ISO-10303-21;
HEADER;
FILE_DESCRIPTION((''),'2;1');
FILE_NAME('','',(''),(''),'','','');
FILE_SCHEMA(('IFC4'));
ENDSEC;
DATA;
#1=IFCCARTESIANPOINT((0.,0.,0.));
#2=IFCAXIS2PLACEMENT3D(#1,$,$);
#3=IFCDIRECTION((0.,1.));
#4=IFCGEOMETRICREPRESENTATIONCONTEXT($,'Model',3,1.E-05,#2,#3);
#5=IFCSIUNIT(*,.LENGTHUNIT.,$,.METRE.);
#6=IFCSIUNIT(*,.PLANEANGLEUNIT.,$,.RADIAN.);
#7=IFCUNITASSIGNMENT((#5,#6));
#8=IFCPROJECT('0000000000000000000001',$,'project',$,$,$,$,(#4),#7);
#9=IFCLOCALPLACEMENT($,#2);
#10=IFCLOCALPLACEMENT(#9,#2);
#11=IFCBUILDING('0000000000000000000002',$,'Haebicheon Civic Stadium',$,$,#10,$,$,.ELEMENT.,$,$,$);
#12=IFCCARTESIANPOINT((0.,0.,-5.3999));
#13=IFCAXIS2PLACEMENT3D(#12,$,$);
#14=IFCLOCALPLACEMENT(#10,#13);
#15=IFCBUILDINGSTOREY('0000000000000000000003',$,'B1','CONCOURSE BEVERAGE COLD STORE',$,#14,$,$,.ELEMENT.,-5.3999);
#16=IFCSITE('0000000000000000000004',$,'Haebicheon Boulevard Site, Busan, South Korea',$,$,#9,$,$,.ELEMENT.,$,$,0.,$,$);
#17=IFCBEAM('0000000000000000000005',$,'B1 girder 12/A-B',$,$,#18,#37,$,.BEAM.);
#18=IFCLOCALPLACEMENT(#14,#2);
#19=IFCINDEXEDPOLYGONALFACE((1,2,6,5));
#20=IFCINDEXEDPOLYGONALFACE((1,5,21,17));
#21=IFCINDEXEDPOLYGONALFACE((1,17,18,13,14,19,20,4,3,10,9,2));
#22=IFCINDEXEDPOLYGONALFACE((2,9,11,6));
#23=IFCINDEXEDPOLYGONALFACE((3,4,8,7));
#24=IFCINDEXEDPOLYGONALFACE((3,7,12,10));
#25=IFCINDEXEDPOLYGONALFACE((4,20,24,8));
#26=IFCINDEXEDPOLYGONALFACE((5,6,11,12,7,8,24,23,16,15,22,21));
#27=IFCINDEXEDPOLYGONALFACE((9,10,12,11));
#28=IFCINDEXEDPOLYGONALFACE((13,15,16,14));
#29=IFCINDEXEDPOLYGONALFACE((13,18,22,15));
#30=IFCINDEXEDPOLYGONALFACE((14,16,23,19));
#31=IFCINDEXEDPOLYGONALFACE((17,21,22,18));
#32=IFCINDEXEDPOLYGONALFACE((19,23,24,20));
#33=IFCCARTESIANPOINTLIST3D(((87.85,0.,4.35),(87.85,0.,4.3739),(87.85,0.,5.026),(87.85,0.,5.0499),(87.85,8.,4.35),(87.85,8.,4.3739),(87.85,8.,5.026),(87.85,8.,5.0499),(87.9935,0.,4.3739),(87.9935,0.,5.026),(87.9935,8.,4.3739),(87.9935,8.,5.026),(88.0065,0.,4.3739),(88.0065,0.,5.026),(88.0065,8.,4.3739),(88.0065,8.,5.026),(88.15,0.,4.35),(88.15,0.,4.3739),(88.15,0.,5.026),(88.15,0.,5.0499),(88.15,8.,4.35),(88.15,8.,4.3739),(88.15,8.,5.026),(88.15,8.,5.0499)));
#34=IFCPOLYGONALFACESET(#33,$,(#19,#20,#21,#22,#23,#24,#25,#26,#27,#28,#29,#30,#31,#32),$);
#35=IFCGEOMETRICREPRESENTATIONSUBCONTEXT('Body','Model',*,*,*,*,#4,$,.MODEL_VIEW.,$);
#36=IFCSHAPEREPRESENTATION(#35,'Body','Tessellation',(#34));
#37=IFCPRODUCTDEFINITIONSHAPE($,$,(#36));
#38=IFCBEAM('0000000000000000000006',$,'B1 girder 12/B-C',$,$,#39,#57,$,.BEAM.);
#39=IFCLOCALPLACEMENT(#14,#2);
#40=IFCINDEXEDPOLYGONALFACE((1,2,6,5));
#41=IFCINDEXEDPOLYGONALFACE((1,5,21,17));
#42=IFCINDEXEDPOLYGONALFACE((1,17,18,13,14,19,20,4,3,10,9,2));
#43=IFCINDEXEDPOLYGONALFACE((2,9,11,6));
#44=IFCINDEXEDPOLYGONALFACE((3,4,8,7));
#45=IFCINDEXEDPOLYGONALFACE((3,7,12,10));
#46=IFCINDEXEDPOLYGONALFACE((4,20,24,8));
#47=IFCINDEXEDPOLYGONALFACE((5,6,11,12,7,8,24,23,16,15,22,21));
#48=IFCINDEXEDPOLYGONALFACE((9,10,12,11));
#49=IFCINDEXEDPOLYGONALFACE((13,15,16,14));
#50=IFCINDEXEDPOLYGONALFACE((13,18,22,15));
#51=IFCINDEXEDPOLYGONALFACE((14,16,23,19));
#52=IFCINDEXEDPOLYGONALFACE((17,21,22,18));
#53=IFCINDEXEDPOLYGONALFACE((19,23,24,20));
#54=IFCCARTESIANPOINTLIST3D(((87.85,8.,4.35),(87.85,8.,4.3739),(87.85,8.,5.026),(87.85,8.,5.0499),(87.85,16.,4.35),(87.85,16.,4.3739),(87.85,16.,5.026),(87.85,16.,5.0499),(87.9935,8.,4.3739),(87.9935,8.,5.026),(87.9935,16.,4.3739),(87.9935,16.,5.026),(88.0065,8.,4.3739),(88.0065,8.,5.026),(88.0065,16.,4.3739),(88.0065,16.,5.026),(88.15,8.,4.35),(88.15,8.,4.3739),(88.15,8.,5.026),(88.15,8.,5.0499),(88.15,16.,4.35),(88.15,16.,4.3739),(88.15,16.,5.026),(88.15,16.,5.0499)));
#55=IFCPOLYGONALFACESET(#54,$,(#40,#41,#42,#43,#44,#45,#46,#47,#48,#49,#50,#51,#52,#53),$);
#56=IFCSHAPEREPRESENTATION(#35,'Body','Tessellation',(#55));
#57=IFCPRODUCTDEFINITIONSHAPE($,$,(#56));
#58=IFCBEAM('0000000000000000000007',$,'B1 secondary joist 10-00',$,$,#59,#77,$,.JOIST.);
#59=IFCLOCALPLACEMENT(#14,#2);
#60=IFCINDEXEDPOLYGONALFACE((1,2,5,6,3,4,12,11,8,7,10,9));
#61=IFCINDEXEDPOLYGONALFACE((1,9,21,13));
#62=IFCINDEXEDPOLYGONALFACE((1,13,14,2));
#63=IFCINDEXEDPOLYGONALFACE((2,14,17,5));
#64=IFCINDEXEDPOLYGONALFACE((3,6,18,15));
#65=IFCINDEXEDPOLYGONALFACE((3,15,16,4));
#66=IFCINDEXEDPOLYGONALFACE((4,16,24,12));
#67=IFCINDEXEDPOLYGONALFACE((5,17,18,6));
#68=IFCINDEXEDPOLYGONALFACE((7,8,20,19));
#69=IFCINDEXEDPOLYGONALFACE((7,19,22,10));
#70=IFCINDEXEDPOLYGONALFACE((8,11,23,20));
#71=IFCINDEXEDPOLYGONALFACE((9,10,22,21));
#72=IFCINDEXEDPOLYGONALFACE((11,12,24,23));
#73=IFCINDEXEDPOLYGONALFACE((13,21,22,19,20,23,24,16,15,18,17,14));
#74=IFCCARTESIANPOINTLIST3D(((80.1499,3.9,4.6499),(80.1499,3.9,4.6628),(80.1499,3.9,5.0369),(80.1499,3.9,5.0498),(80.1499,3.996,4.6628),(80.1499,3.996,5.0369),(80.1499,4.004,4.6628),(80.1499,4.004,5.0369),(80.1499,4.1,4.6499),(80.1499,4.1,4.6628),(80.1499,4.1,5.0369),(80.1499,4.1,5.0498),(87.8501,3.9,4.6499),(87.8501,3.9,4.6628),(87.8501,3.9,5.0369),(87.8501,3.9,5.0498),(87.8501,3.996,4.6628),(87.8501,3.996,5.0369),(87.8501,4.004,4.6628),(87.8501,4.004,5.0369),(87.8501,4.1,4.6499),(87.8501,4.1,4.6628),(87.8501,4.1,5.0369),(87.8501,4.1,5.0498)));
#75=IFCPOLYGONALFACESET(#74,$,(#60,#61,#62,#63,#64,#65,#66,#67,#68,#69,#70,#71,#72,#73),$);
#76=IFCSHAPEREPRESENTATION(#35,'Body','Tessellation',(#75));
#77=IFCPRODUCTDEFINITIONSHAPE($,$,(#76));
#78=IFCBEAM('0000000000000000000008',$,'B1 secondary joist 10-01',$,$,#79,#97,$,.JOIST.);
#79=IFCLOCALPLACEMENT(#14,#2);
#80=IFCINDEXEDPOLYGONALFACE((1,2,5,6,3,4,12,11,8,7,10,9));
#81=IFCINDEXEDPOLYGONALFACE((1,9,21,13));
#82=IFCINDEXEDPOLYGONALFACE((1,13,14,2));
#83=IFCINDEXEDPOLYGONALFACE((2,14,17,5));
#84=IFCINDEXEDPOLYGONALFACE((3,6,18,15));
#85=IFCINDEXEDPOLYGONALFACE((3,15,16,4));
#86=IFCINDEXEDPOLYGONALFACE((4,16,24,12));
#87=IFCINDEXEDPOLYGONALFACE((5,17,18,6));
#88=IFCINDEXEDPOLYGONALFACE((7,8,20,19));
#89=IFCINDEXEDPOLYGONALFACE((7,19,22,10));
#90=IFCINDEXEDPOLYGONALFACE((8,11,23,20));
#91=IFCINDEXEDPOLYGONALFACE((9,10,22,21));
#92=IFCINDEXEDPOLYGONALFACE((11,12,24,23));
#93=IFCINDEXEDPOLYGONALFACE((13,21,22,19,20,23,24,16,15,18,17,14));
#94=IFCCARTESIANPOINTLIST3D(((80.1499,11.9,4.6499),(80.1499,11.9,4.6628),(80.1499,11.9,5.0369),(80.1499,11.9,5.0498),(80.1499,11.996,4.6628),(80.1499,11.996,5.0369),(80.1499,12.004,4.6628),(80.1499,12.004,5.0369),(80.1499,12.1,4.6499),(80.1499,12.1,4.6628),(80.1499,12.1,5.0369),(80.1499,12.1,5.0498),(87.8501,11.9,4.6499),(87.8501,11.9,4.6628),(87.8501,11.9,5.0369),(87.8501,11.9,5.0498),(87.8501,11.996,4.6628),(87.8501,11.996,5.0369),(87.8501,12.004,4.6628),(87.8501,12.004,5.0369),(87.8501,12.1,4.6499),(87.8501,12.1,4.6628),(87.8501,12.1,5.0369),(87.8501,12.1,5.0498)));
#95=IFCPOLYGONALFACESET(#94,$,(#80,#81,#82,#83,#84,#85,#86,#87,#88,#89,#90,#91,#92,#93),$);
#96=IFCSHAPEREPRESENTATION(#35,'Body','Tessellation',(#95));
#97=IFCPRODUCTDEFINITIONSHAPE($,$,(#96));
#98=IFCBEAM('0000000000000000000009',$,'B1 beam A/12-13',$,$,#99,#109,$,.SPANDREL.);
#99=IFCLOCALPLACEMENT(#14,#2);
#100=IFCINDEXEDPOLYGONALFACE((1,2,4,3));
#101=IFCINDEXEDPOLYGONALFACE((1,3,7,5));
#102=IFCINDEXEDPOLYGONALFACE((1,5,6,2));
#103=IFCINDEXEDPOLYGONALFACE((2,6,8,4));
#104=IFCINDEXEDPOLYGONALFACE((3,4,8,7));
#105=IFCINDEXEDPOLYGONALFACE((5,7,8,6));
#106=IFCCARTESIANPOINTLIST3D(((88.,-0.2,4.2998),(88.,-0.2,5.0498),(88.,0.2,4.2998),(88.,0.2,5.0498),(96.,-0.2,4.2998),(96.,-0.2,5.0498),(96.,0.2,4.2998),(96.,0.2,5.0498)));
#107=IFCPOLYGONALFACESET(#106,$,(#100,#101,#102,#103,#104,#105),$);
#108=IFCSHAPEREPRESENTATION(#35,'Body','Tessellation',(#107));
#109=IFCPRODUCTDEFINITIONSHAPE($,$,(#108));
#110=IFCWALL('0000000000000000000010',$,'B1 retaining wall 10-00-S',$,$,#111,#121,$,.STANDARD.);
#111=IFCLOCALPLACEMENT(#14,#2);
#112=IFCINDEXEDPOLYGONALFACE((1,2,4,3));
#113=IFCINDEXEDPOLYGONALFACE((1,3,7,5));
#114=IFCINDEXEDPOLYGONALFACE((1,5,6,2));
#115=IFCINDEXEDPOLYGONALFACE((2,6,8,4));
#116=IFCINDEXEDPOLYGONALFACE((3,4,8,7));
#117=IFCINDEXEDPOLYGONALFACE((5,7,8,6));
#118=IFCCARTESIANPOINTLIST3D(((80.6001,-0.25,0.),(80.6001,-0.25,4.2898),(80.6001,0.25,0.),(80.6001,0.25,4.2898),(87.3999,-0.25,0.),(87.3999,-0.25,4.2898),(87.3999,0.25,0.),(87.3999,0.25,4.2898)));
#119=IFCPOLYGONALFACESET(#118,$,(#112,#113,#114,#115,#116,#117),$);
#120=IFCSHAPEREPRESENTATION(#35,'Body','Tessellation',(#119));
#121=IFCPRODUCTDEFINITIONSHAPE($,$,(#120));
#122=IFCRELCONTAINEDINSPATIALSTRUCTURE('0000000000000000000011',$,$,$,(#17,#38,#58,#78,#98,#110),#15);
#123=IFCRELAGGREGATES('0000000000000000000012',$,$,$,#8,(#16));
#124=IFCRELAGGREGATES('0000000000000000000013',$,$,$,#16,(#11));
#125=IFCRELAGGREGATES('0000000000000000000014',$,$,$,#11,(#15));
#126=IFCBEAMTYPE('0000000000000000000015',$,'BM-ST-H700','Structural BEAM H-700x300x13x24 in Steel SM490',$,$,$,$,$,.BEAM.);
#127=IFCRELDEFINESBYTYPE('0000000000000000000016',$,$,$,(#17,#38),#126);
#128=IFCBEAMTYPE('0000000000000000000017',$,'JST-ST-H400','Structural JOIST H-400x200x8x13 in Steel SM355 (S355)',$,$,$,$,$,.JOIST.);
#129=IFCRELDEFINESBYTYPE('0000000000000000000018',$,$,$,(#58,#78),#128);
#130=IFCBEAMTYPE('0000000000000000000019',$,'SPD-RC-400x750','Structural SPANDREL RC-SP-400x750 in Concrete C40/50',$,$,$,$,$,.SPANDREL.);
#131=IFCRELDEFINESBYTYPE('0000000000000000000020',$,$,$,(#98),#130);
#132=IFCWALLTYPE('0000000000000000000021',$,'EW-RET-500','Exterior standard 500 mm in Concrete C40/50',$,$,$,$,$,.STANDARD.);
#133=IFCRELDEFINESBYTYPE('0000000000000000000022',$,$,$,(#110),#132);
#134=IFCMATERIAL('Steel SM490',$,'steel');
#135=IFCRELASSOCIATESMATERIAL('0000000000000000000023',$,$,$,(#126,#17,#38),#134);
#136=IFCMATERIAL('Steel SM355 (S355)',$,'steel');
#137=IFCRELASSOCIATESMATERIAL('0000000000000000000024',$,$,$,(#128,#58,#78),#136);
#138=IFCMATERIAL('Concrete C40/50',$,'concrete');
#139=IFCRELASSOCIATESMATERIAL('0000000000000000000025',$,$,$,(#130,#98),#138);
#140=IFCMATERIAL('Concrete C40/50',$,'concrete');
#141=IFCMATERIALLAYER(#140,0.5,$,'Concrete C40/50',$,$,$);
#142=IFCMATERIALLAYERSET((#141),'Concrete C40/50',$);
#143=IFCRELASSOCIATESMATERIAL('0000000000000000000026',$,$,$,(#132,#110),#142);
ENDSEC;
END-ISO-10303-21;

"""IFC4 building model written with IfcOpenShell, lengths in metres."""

from ifc_helpers import new_model, si_unit, direction, frame, frame_2d, origin, origin_2d, place, context, subcontext, project, spatial, rectangle, i_section, extrude, material, layer, layer_set, material_profile, profile_set, type_object, element, save


model = new_model("IFC4")

# Units and contexts
model_context = context("Model", 3, precision=1e-05, world=origin(), true_north=direction((0.0, 1.0)))
body_context = subcontext(model_context, "Body", "Model", "MODEL_VIEW")
ifc_project = project(units=[si_unit("LENGTHUNIT", "METRE"), si_unit("PLANEANGLEUNIT", "RADIAN")], contexts=[model_context])

# Site, building, storey
site_placement = place(None, origin())
site = spatial("IfcSite", under=ifc_project, at=site_placement, Name="Haebicheon Boulevard Site, Busan, South Korea", CompositionType="ELEMENT", RefElevation=0.0)
building_placement = place(site_placement, origin())
building = spatial("IfcBuilding", under=site, at=building_placement, Name="Haebicheon Civic Stadium", CompositionType="ELEMENT")
storey_placement = place(building_placement, frame((0.0, 0.0, -5.3999)))
storey = spatial("IfcBuildingStorey", under=building, at=storey_placement, Name="B1", Description="CONCOURSE BEVERAGE COLD STORE", CompositionType="ELEMENT", Elevation=-5.3999)

# Beams
ifc_material_1 = material(Name="Steel SM490", Category="steel")
ifc_material_profile_1 = material_profile(ifc_material_1, i_section(OverallWidth=0.3, OverallDepth=0.7, WebThickness=0.0129, FlangeThickness=0.0239, at=origin_2d()), Name="H-700x300x13x24")
ifc_profile_set_1 = profile_set([ifc_material_profile_1], Name="Steel SM490")
beam_type_1 = type_object("IfcBeamType", Name="BM-ST-H700", Description="Structural BEAM H-700x300x13x24 in Steel SM490", PredefinedType="BEAM", material=ifc_profile_set_1)
for number, where, z_axis, x_axis, name in (
    (1, (88.0, 0.0, 4.7), (0.0, 1.0, 0.0), (-1.0, 0.0, 0.0), "B1 girder 12/A-B"),
    (2, (88.0, 8.0, 4.7), (0.0, 1.0, 0.0), (-1.0, 0.0, 0.0), "B1 girder 12/B-C"),
):
    element("IfcBeam", number, at=place(storey_placement, frame(where, z_axis=z_axis, x_axis=x_axis)), inside=storey, type_object=beam_type_1, material=ifc_profile_set_1, Name=name, PredefinedType="BEAM", context=body_context, shape_type="SweptSolid", body=[
        extrude(i_section(OverallWidth=0.3, OverallDepth=0.7, WebThickness=0.0129, FlangeThickness=0.0239, at=origin_2d()), origin(), (0.0, 0.0, 1.0), 8.0),
    ])
ifc_material_2 = material(Name="Steel SM355 (S355)", Category="steel")
ifc_material_profile_2 = material_profile(ifc_material_2, i_section(OverallWidth=0.2, OverallDepth=0.3999, WebThickness=0.0081, FlangeThickness=0.0129, at=origin_2d()), Name="H-400x200x8x13")
ifc_profile_set_2 = profile_set([ifc_material_profile_2], Name="Steel SM355 (S355)")
beam_type_2 = type_object("IfcBeamType", Name="JST-ST-H400", Description="Structural JOIST H-400x200x8x13 in Steel SM355 (S355)", PredefinedType="JOIST", material=ifc_profile_set_2)
for number, where, z_axis, x_axis, name in (
    (3, (80.1499, 4.0, 4.8499), (1.0, 0.0, 0.0), (0.0, 1.0, 0.0), "B1 secondary joist 10-00"),
    (4, (80.1499, 12.0, 4.8499), (1.0, 0.0, 0.0), (0.0, 1.0, 0.0), "B1 secondary joist 10-01"),
):
    element("IfcBeam", number, at=place(storey_placement, frame(where, z_axis=z_axis, x_axis=x_axis)), inside=storey, type_object=beam_type_2, material=ifc_profile_set_2, Name=name, PredefinedType="JOIST", context=body_context, shape_type="SweptSolid", body=[
        extrude(i_section(OverallWidth=0.2, OverallDepth=0.3999, WebThickness=0.0081, FlangeThickness=0.0129, at=origin_2d()), origin(), (0.0, 0.0, 1.0), 7.7002),
    ])
ifc_material_3 = material(Name="Concrete C40/50", Category="concrete")
ifc_material_profile_3 = material_profile(ifc_material_3, rectangle(XDim=0.3999, YDim=0.75, at=origin_2d()), Name="RC-SP-400x750")
ifc_profile_set_3 = profile_set([ifc_material_profile_3], Name="Concrete C40/50")
beam_type_3 = type_object("IfcBeamType", Name="SPD-RC-400x750", Description="Structural SPANDREL RC-SP-400x750 in Concrete C40/50", PredefinedType="SPANDREL", material=ifc_profile_set_3)
beam_placement = place(storey_placement, frame((88.0, 0.0, 4.6748), z_axis=(1.0, 0.0, 0.0), x_axis=(0.0, 1.0, 0.0)))
element("IfcBeam", 5, at=beam_placement, inside=storey, type_object=beam_type_3, material=ifc_profile_set_3, Name="B1 beam A/12-13", PredefinedType="SPANDREL", context=body_context, shape_type="SweptSolid", body=[
    extrude(rectangle(XDim=0.3999, YDim=0.75, at=origin_2d()), origin(), (0.0, 0.0, 1.0), 8.0),
])

# Wall
ifc_material_4 = material(Name="Concrete C40/50", Category="concrete")
ifc_layer_1 = layer(ifc_material_4, 0.5, Name="Concrete C40/50")
ifc_layer_set_1 = layer_set([ifc_layer_1], Name="Concrete C40/50")
wall_type = type_object("IfcWallType", Name="EW-RET-500", Description="Exterior standard 500 mm in Concrete C40/50", PredefinedType="STANDARD", material=ifc_layer_set_1)
wall_placement = place(storey_placement, frame((80.6001, 0.0, 0.0), z_axis=(0.0, 0.0, 1.0), x_axis=(1.0, 0.0, 0.0)))
element("IfcWall", 6, at=wall_placement, inside=storey, type_object=wall_type, material=ifc_layer_set_1, Name="B1 retaining wall 10-00-S", PredefinedType="STANDARD", context=body_context, shape_type="SweptSolid", body=[
    extrude(rectangle(XDim=6.7998, YDim=0.5, at=frame_2d((3.3999, 0.0))), origin(), (0.0, 0.0, 1.0), 4.2898),
])

save(model, "model.ifc")
